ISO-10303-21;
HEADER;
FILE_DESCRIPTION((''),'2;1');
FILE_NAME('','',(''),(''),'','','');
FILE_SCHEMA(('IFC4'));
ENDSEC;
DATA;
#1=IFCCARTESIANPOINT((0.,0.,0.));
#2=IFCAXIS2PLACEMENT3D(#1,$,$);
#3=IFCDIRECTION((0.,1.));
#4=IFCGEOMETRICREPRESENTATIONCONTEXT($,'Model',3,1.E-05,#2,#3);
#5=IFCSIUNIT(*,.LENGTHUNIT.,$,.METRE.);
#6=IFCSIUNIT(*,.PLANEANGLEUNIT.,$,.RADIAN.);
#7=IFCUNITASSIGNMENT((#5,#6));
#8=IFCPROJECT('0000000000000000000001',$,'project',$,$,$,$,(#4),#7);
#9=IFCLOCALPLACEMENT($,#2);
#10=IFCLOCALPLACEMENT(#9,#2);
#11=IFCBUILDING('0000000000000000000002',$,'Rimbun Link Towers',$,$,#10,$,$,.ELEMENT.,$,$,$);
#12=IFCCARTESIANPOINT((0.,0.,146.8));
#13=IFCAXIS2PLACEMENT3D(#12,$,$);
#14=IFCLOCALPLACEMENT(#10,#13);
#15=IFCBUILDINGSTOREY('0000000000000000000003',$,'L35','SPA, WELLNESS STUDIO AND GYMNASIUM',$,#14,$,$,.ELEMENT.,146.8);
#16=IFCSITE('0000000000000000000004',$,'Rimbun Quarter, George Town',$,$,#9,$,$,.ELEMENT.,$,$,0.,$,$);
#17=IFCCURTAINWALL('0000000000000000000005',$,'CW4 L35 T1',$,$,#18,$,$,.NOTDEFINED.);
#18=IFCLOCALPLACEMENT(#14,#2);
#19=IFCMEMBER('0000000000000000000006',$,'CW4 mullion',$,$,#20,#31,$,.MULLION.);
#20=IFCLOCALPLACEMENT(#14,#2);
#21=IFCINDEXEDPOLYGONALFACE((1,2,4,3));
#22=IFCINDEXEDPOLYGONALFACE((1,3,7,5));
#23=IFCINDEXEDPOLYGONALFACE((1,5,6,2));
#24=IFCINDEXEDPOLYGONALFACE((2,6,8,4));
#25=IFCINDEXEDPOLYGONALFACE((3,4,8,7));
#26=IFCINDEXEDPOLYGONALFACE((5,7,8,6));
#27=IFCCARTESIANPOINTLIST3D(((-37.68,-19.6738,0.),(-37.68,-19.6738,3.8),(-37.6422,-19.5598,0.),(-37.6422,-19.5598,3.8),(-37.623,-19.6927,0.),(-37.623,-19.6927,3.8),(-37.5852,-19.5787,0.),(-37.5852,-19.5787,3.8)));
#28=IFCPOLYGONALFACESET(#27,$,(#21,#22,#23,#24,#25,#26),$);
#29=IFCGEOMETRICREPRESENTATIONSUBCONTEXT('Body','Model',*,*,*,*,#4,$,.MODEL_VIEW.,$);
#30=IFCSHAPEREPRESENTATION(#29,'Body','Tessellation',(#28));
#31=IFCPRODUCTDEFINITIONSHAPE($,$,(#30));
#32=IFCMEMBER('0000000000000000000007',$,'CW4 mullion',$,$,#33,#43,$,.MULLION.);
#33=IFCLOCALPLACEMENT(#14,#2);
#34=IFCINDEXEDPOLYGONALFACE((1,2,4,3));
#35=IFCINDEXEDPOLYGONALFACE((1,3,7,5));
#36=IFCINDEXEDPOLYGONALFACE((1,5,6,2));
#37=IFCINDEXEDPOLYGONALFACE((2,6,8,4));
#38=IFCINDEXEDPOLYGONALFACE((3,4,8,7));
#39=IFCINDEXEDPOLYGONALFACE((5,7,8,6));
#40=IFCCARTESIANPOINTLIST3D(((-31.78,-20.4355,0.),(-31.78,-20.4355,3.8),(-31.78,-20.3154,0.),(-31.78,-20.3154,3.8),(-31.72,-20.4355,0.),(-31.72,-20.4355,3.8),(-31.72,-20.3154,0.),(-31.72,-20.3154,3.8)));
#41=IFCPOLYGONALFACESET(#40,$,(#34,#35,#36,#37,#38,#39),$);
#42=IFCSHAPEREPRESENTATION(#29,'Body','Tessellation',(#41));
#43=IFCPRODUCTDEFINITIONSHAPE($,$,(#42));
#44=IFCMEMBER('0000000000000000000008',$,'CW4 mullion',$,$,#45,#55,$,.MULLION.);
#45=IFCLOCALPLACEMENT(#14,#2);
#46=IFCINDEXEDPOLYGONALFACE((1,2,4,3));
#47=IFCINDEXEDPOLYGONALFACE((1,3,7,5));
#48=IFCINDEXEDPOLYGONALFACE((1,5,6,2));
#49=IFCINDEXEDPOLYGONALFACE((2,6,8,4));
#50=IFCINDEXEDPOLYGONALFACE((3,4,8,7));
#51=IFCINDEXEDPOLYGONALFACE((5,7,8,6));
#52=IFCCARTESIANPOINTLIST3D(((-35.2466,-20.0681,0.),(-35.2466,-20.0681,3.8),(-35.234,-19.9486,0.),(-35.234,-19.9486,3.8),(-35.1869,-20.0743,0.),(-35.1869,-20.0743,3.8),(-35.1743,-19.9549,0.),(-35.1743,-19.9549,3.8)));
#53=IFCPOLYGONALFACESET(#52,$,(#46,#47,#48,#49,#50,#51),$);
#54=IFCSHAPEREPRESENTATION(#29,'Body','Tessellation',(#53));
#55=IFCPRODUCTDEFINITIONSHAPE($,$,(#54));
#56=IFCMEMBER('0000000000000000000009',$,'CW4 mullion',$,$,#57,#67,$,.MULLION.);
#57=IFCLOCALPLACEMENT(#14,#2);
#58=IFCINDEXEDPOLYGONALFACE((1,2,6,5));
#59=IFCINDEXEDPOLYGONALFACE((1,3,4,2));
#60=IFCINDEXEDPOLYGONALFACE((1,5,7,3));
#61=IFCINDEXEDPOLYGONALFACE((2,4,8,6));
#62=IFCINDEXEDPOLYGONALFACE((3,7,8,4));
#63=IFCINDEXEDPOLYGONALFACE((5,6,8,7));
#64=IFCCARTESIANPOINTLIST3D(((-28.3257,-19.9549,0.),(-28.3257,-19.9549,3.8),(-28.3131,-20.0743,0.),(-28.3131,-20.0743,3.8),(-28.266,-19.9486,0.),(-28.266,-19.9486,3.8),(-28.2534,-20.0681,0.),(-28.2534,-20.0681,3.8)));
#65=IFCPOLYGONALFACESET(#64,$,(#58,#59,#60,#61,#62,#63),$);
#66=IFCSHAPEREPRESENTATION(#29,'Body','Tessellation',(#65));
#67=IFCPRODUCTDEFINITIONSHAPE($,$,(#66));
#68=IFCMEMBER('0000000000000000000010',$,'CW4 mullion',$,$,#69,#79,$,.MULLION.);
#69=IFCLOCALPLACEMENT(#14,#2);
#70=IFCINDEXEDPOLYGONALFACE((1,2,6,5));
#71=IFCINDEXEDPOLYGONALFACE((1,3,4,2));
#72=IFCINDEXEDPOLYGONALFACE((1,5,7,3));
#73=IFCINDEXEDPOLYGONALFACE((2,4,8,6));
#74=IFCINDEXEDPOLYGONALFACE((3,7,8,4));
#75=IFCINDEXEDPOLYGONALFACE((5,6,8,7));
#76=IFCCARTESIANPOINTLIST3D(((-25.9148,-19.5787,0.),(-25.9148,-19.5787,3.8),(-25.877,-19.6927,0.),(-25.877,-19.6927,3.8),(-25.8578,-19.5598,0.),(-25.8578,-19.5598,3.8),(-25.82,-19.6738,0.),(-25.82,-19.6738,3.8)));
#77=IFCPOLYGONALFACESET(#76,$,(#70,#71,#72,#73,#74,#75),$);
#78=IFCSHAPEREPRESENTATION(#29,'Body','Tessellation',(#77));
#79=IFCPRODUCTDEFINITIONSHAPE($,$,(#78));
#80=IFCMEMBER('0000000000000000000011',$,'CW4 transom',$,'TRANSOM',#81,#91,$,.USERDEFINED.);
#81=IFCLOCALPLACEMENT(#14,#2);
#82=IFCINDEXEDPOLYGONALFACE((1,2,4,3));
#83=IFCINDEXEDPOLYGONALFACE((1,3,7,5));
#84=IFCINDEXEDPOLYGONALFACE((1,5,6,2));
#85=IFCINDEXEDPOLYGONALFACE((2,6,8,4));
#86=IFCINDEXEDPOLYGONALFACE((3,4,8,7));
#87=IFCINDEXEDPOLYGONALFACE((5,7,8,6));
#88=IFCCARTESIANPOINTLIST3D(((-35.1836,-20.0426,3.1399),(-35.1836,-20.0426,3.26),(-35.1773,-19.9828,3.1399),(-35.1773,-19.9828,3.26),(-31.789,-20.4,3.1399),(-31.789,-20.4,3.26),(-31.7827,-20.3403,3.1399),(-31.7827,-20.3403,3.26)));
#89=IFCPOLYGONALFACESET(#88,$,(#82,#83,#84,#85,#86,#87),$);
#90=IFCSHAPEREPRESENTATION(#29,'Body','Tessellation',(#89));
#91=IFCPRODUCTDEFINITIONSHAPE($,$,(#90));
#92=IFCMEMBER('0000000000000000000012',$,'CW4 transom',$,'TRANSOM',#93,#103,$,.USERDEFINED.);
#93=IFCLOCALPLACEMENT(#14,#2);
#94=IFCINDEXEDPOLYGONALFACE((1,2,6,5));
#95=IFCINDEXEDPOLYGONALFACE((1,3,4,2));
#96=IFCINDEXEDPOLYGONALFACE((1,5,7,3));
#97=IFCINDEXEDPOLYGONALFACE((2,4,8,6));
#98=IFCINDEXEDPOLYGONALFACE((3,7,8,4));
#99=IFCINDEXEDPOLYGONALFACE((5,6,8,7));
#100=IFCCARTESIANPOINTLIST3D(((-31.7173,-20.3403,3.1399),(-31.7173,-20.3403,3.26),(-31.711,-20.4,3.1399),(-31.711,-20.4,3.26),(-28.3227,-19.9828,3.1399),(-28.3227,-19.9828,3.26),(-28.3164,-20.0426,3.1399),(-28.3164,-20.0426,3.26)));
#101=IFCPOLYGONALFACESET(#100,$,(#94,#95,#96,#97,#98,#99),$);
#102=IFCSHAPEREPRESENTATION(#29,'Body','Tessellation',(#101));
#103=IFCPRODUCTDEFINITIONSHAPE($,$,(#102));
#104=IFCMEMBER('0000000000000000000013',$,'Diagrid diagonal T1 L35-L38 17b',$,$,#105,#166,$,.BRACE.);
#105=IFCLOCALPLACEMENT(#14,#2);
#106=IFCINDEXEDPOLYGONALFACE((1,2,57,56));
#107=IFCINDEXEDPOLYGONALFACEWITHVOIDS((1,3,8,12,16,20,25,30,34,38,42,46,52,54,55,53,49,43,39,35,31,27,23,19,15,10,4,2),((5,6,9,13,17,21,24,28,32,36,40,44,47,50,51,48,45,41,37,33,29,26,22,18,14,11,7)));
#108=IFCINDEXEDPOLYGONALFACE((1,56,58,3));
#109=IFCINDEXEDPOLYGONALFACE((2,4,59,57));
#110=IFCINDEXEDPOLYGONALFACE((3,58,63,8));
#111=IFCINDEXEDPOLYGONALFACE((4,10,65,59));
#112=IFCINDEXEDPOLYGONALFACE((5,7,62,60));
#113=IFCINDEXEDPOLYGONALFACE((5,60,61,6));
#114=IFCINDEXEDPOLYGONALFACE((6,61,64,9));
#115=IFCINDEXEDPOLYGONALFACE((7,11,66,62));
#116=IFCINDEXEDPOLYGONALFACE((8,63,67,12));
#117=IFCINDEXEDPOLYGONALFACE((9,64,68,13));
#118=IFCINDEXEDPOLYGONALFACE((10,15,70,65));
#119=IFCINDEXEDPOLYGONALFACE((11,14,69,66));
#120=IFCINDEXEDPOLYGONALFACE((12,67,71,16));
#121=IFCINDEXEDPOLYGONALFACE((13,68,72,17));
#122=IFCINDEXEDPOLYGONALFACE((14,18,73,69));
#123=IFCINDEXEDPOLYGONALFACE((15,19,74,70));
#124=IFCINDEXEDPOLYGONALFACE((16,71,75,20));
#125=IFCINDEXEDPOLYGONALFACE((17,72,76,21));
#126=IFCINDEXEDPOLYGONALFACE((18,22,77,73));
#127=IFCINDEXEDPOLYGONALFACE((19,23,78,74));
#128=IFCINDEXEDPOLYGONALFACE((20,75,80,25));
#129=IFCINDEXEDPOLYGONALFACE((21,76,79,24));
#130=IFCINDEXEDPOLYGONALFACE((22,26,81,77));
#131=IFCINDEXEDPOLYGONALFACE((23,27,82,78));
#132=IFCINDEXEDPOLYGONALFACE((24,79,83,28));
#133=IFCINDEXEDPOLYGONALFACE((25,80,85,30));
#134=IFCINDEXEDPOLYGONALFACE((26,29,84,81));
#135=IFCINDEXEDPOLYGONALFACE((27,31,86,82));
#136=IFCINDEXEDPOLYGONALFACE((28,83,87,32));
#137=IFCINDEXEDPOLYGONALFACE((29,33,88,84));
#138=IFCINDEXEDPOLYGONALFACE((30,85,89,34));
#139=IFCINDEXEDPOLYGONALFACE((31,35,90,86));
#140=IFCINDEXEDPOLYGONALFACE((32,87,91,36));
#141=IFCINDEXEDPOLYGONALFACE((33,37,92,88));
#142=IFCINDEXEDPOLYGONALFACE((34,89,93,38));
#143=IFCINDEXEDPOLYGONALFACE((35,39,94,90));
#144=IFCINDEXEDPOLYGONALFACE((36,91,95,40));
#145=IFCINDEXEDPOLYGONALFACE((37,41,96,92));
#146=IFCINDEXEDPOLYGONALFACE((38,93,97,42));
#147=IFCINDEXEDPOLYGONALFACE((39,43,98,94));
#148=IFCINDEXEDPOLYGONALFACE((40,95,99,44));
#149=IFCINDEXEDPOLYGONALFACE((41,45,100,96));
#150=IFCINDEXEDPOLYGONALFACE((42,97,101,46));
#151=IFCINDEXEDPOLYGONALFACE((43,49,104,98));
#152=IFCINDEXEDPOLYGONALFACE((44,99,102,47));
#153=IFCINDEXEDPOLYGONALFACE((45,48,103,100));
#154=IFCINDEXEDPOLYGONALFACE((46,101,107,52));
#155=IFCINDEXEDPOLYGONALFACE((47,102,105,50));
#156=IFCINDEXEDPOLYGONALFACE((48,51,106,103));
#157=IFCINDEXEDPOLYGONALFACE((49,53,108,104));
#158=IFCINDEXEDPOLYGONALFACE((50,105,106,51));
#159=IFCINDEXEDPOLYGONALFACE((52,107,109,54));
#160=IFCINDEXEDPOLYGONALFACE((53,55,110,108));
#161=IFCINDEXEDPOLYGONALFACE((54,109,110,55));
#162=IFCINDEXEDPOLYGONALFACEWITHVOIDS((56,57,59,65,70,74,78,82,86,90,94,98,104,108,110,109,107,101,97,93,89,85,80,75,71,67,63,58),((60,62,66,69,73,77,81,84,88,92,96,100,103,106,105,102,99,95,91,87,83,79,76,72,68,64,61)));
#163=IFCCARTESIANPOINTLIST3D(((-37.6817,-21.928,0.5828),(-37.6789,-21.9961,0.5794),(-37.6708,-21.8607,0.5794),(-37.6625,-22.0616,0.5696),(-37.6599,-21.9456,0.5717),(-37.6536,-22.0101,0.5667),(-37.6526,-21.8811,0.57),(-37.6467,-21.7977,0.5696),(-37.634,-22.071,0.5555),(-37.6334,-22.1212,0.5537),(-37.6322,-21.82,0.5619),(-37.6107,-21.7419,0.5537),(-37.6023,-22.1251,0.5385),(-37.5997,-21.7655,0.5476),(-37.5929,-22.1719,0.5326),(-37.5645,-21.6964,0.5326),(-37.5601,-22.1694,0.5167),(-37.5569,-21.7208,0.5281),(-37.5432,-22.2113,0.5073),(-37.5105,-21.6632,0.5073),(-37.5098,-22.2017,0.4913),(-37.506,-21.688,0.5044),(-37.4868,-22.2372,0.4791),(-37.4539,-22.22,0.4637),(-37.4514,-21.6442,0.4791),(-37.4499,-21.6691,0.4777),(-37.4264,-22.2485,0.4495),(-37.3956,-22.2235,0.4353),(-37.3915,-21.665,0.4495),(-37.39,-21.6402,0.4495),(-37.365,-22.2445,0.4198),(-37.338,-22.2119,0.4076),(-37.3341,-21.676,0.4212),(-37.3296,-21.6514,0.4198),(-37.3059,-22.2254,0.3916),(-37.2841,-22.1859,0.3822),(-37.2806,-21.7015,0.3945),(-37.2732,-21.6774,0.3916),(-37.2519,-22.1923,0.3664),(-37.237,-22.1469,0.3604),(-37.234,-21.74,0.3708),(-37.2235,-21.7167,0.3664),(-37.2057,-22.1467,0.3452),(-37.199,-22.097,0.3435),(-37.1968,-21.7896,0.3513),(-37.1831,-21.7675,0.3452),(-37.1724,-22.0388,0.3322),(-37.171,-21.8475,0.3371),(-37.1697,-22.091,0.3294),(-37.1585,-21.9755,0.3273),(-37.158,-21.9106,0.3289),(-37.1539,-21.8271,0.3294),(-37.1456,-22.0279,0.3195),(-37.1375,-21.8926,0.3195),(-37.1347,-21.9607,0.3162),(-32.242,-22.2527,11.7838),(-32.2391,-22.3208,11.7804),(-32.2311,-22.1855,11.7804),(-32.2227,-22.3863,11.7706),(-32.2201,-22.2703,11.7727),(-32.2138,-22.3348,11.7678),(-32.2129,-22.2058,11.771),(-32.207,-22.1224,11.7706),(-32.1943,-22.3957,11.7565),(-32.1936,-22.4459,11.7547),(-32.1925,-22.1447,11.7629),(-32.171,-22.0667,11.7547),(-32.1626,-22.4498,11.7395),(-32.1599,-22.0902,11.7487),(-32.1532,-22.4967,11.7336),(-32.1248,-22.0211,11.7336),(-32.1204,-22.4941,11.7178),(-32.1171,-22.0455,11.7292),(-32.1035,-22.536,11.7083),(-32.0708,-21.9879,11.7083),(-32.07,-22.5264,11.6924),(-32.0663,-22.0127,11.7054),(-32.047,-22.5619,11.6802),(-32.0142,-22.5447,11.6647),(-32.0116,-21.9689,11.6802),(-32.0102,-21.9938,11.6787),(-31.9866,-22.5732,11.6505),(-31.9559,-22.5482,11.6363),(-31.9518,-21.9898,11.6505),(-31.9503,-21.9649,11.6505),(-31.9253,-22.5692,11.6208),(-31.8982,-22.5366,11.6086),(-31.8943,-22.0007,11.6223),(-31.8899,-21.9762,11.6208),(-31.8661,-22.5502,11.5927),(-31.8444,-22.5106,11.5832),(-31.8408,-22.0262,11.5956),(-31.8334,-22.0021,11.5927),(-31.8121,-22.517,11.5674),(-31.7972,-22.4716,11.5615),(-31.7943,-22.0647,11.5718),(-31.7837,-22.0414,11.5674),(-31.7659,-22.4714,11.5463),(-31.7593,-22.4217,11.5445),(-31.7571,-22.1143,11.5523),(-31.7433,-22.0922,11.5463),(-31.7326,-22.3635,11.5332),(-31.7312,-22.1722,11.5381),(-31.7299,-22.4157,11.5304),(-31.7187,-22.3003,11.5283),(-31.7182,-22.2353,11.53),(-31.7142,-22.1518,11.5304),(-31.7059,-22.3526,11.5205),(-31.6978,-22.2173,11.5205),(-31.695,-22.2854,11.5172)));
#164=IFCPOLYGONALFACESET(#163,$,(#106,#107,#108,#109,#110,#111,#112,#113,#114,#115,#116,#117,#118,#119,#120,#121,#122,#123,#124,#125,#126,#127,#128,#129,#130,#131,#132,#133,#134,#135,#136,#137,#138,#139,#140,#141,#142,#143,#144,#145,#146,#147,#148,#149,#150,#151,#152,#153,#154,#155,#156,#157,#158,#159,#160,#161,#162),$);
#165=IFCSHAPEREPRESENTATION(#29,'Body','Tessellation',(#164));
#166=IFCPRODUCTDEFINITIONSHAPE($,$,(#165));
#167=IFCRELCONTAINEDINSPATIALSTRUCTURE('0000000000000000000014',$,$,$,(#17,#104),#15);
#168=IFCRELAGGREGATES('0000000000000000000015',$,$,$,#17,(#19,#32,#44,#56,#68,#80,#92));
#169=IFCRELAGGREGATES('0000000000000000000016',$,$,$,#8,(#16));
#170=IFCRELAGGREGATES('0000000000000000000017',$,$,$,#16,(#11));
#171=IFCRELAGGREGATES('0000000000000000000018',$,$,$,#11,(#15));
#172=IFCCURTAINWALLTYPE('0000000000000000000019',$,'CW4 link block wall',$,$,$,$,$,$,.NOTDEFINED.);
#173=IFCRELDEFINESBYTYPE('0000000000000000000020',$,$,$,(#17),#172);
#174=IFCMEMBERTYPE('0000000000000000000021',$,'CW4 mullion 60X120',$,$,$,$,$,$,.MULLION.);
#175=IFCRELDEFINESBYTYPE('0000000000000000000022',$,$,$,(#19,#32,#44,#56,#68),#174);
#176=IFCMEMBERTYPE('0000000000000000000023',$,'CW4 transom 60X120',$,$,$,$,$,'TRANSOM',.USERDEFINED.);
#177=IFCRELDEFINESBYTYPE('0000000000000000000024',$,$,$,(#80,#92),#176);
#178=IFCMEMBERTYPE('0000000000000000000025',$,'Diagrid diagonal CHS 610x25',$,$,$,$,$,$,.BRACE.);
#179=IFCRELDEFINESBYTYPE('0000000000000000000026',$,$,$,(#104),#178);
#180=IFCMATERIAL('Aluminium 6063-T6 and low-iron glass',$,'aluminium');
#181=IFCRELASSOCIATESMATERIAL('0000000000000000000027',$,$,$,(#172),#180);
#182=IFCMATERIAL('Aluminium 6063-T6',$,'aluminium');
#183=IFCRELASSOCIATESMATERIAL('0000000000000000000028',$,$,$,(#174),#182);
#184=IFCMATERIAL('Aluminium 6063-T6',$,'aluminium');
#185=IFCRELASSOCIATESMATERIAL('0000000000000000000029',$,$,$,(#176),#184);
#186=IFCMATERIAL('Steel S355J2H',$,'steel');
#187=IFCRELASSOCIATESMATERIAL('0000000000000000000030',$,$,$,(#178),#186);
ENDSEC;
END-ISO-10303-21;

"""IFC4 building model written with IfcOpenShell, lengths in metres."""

from ifc_helpers import new_model, si_unit, direction, frame, origin, origin_2d, place, context, subcontext, project, spatial, rectangle, hollow_circle, extrude, material, material_profile, profile_set, type_object, element, aggregate, save


model = new_model("IFC4")

# Units and contexts
model_context = context("Model", 3, precision=1e-05, world=origin(), true_north=direction((0.0, 1.0)))
body_context = subcontext(model_context, "Body", "Model", "MODEL_VIEW")
ifc_project = project(units=[si_unit("LENGTHUNIT", "METRE"), si_unit("PLANEANGLEUNIT", "RADIAN")], contexts=[model_context])

# Site, building, storey
site_placement = place(None, origin())
site = spatial("IfcSite", under=ifc_project, at=site_placement, Name="Rimbun Quarter, George Town", CompositionType="ELEMENT", RefElevation=0.0)
building_placement = place(site_placement, origin())
building = spatial("IfcBuilding", under=site, at=building_placement, Name="Rimbun Link Towers", CompositionType="ELEMENT")
storey_placement = place(building_placement, frame((0.0, 0.0, 146.8)))
storey = spatial("IfcBuildingStorey", under=building, at=storey_placement, Name="L35", Description="SPA, WELLNESS STUDIO AND GYMNASIUM", CompositionType="ELEMENT", Elevation=146.8)

# Curtain wall, members
ifc_material_1 = material(Name="Aluminium 6063-T6 and low-iron glass", Category="aluminium")
curtain_wall_type = type_object("IfcCurtainWallType", Name="CW4 link block wall", PredefinedType="NOTDEFINED", material=ifc_material_1)
curtain_wall_placement = place(storey_placement, origin())
curtain_wall = element("IfcCurtainWall", 1, at=curtain_wall_placement, inside=storey, type_object=curtain_wall_type, Name="CW4 L35 T1", PredefinedType="NOTDEFINED")
ifc_material_2 = material(Name="Aluminium 6063-T6", Category="aluminium")
ifc_material_profile_1 = material_profile(ifc_material_2, rectangle(XDim=0.1201, YDim=0.0601, at=origin_2d()), Name="MULLION 60X120")
ifc_profile_set_1 = profile_set([ifc_material_profile_1], Name="Aluminium 6063-T6")
member_type_1 = type_object("IfcMemberType", Name="CW4 mullion 60X120", PredefinedType="MULLION", material=ifc_profile_set_1)
member_1_placement = place(storey_placement, frame((-37.6326, -19.6262, 0.0), z_axis=(0.0, 0.0, 1.0), x_axis=(-0.314568, -0.949235, 0.0)))
member_1 = element("IfcMember", 2, at=member_1_placement, type_object=member_type_1, Name="CW4 mullion", PredefinedType="MULLION", context=body_context, shape_type="SweptSolid", body=[
    extrude(rectangle(XDim=0.1201, YDim=0.0601, at=origin_2d()), origin(), (0.0, 0.0, 1.0), 3.8),
])
member_2_placement = place(storey_placement, frame((-31.75, -20.3755, 0.0), z_axis=(0.0, 0.0, 1.0), x_axis=(0.0, -1.0, 0.0)))
member_2 = element("IfcMember", 3, at=member_2_placement, type_object=member_type_1, Name="CW4 mullion", PredefinedType="MULLION", context=body_context, shape_type="SweptSolid", body=[
    extrude(rectangle(XDim=0.1201, YDim=0.0601, at=origin_2d()), origin(), (0.0, 0.0, 1.0), 3.8),
])
member_3_placement = place(storey_placement, frame((-35.2104, -20.0115, 0.0), z_axis=(0.0, 0.0, 1.0), x_axis=(-0.104745, -0.994499, 0.0)))
member_3 = element("IfcMember", 4, at=member_3_placement, type_object=member_type_1, Name="CW4 mullion", PredefinedType="MULLION", context=body_context, shape_type="SweptSolid", body=[
    extrude(rectangle(XDim=0.1201, YDim=0.0601, at=origin_2d()), origin(), (0.0, 0.0, 1.0), 3.8),
])
member_4_placement = place(storey_placement, frame((-28.2896, -20.0115, 0.0), z_axis=(0.0, 0.0, 1.0), x_axis=(0.104745, -0.994499, 0.0)))
member_4 = element("IfcMember", 5, at=member_4_placement, type_object=member_type_1, Name="CW4 mullion", PredefinedType="MULLION", context=body_context, shape_type="SweptSolid", body=[
    extrude(rectangle(XDim=0.1201, YDim=0.0601, at=origin_2d()), origin(), (0.0, 0.0, 1.0), 3.8),
])
member_5_placement = place(storey_placement, frame((-25.8674, -19.6262, 0.0), z_axis=(0.0, 0.0, 1.0), x_axis=(0.314568, -0.949235, 0.0)))
member_5 = element("IfcMember", 6, at=member_5_placement, type_object=member_type_1, Name="CW4 mullion", PredefinedType="MULLION", context=body_context, shape_type="SweptSolid", body=[
    extrude(rectangle(XDim=0.1201, YDim=0.0601, at=origin_2d()), origin(), (0.0, 0.0, 1.0), 3.8),
])
ifc_material_3 = material(Name="Aluminium 6063-T6", Category="aluminium")
ifc_material_profile_2 = material_profile(ifc_material_3, rectangle(XDim=0.0601, YDim=0.1201, at=origin_2d()), Name="TRANSOM 60X120")
ifc_profile_set_2 = profile_set([ifc_material_profile_2], Name="Aluminium 6063-T6")
member_type_2 = type_object("IfcMemberType", Name="CW4 transom 60X120", ElementType="TRANSOM", PredefinedType="USERDEFINED", material=ifc_profile_set_2)
member_6_placement = place(storey_placement, frame((-31.7859, -20.3701, 3.2), z_axis=(-0.994502, 0.104715, 0.0), x_axis=(-0.104715, -0.994502, 0.0)))
member_6 = element("IfcMember", 7, at=member_6_placement, type_object=member_type_2, Name="CW4 transom", ObjectType="TRANSOM", PredefinedType="USERDEFINED", context=body_context, shape_type="SweptSolid", body=[
    extrude(rectangle(XDim=0.0601, YDim=0.1201, at=origin_2d()), origin(), (0.0, 0.0, 1.0), 3.4133),
])
member_7_placement = place(storey_placement, frame((-28.3196, -20.0127, 3.2), z_axis=(-0.994502, -0.104715, 0.0), x_axis=(0.104715, -0.994502, 0.0)))
member_7 = element("IfcMember", 8, at=member_7_placement, type_object=member_type_2, Name="CW4 transom", ObjectType="TRANSOM", PredefinedType="USERDEFINED", context=body_context, shape_type="SweptSolid", body=[
    extrude(rectangle(XDim=0.0601, YDim=0.1201, at=origin_2d()), origin(), (0.0, 0.0, 1.0), 3.4133),
])

# Member
ifc_material_4 = material(Name="Steel S355J2H", Category="steel")
ifc_material_profile_3 = material_profile(ifc_material_4, hollow_circle(Radius=0.3047, WallThickness=0.0249, at=origin_2d()), Name="Diagrid diagonal CHS 610x25")
ifc_profile_set_3 = profile_set([ifc_material_profile_3], Name="Steel S355J2H")
member_type_3 = type_object("IfcMemberType", Name="Diagrid diagonal CHS 610x25", PredefinedType="BRACE", material=ifc_profile_set_3)
for number, where, z_axis, x_axis, name in (
    (9, (-37.4082, -21.9443, 0.4495), (0.436707, -0.026068, 0.899226), (0.059586, 0.998223, 0.0), "Diagrid diagonal T1 L35-L38 17b"),
):
    element("IfcMember", number, at=place(storey_placement, frame(where, z_axis=z_axis, x_axis=x_axis)), inside=storey, type_object=member_type_3, Name=name, PredefinedType="BRACE", context=body_context, shape_type="SweptSolid", body=[
        extrude(hollow_circle(Radius=0.3047, WallThickness=0.0249, at=origin_2d()), origin(), (0.0, 0.0, 1.0), 12.4563),
    ])

aggregate(curtain_wall, [member_1, member_2, member_3, member_4, member_5, member_6, member_7])

save(model, "model.ifc")
